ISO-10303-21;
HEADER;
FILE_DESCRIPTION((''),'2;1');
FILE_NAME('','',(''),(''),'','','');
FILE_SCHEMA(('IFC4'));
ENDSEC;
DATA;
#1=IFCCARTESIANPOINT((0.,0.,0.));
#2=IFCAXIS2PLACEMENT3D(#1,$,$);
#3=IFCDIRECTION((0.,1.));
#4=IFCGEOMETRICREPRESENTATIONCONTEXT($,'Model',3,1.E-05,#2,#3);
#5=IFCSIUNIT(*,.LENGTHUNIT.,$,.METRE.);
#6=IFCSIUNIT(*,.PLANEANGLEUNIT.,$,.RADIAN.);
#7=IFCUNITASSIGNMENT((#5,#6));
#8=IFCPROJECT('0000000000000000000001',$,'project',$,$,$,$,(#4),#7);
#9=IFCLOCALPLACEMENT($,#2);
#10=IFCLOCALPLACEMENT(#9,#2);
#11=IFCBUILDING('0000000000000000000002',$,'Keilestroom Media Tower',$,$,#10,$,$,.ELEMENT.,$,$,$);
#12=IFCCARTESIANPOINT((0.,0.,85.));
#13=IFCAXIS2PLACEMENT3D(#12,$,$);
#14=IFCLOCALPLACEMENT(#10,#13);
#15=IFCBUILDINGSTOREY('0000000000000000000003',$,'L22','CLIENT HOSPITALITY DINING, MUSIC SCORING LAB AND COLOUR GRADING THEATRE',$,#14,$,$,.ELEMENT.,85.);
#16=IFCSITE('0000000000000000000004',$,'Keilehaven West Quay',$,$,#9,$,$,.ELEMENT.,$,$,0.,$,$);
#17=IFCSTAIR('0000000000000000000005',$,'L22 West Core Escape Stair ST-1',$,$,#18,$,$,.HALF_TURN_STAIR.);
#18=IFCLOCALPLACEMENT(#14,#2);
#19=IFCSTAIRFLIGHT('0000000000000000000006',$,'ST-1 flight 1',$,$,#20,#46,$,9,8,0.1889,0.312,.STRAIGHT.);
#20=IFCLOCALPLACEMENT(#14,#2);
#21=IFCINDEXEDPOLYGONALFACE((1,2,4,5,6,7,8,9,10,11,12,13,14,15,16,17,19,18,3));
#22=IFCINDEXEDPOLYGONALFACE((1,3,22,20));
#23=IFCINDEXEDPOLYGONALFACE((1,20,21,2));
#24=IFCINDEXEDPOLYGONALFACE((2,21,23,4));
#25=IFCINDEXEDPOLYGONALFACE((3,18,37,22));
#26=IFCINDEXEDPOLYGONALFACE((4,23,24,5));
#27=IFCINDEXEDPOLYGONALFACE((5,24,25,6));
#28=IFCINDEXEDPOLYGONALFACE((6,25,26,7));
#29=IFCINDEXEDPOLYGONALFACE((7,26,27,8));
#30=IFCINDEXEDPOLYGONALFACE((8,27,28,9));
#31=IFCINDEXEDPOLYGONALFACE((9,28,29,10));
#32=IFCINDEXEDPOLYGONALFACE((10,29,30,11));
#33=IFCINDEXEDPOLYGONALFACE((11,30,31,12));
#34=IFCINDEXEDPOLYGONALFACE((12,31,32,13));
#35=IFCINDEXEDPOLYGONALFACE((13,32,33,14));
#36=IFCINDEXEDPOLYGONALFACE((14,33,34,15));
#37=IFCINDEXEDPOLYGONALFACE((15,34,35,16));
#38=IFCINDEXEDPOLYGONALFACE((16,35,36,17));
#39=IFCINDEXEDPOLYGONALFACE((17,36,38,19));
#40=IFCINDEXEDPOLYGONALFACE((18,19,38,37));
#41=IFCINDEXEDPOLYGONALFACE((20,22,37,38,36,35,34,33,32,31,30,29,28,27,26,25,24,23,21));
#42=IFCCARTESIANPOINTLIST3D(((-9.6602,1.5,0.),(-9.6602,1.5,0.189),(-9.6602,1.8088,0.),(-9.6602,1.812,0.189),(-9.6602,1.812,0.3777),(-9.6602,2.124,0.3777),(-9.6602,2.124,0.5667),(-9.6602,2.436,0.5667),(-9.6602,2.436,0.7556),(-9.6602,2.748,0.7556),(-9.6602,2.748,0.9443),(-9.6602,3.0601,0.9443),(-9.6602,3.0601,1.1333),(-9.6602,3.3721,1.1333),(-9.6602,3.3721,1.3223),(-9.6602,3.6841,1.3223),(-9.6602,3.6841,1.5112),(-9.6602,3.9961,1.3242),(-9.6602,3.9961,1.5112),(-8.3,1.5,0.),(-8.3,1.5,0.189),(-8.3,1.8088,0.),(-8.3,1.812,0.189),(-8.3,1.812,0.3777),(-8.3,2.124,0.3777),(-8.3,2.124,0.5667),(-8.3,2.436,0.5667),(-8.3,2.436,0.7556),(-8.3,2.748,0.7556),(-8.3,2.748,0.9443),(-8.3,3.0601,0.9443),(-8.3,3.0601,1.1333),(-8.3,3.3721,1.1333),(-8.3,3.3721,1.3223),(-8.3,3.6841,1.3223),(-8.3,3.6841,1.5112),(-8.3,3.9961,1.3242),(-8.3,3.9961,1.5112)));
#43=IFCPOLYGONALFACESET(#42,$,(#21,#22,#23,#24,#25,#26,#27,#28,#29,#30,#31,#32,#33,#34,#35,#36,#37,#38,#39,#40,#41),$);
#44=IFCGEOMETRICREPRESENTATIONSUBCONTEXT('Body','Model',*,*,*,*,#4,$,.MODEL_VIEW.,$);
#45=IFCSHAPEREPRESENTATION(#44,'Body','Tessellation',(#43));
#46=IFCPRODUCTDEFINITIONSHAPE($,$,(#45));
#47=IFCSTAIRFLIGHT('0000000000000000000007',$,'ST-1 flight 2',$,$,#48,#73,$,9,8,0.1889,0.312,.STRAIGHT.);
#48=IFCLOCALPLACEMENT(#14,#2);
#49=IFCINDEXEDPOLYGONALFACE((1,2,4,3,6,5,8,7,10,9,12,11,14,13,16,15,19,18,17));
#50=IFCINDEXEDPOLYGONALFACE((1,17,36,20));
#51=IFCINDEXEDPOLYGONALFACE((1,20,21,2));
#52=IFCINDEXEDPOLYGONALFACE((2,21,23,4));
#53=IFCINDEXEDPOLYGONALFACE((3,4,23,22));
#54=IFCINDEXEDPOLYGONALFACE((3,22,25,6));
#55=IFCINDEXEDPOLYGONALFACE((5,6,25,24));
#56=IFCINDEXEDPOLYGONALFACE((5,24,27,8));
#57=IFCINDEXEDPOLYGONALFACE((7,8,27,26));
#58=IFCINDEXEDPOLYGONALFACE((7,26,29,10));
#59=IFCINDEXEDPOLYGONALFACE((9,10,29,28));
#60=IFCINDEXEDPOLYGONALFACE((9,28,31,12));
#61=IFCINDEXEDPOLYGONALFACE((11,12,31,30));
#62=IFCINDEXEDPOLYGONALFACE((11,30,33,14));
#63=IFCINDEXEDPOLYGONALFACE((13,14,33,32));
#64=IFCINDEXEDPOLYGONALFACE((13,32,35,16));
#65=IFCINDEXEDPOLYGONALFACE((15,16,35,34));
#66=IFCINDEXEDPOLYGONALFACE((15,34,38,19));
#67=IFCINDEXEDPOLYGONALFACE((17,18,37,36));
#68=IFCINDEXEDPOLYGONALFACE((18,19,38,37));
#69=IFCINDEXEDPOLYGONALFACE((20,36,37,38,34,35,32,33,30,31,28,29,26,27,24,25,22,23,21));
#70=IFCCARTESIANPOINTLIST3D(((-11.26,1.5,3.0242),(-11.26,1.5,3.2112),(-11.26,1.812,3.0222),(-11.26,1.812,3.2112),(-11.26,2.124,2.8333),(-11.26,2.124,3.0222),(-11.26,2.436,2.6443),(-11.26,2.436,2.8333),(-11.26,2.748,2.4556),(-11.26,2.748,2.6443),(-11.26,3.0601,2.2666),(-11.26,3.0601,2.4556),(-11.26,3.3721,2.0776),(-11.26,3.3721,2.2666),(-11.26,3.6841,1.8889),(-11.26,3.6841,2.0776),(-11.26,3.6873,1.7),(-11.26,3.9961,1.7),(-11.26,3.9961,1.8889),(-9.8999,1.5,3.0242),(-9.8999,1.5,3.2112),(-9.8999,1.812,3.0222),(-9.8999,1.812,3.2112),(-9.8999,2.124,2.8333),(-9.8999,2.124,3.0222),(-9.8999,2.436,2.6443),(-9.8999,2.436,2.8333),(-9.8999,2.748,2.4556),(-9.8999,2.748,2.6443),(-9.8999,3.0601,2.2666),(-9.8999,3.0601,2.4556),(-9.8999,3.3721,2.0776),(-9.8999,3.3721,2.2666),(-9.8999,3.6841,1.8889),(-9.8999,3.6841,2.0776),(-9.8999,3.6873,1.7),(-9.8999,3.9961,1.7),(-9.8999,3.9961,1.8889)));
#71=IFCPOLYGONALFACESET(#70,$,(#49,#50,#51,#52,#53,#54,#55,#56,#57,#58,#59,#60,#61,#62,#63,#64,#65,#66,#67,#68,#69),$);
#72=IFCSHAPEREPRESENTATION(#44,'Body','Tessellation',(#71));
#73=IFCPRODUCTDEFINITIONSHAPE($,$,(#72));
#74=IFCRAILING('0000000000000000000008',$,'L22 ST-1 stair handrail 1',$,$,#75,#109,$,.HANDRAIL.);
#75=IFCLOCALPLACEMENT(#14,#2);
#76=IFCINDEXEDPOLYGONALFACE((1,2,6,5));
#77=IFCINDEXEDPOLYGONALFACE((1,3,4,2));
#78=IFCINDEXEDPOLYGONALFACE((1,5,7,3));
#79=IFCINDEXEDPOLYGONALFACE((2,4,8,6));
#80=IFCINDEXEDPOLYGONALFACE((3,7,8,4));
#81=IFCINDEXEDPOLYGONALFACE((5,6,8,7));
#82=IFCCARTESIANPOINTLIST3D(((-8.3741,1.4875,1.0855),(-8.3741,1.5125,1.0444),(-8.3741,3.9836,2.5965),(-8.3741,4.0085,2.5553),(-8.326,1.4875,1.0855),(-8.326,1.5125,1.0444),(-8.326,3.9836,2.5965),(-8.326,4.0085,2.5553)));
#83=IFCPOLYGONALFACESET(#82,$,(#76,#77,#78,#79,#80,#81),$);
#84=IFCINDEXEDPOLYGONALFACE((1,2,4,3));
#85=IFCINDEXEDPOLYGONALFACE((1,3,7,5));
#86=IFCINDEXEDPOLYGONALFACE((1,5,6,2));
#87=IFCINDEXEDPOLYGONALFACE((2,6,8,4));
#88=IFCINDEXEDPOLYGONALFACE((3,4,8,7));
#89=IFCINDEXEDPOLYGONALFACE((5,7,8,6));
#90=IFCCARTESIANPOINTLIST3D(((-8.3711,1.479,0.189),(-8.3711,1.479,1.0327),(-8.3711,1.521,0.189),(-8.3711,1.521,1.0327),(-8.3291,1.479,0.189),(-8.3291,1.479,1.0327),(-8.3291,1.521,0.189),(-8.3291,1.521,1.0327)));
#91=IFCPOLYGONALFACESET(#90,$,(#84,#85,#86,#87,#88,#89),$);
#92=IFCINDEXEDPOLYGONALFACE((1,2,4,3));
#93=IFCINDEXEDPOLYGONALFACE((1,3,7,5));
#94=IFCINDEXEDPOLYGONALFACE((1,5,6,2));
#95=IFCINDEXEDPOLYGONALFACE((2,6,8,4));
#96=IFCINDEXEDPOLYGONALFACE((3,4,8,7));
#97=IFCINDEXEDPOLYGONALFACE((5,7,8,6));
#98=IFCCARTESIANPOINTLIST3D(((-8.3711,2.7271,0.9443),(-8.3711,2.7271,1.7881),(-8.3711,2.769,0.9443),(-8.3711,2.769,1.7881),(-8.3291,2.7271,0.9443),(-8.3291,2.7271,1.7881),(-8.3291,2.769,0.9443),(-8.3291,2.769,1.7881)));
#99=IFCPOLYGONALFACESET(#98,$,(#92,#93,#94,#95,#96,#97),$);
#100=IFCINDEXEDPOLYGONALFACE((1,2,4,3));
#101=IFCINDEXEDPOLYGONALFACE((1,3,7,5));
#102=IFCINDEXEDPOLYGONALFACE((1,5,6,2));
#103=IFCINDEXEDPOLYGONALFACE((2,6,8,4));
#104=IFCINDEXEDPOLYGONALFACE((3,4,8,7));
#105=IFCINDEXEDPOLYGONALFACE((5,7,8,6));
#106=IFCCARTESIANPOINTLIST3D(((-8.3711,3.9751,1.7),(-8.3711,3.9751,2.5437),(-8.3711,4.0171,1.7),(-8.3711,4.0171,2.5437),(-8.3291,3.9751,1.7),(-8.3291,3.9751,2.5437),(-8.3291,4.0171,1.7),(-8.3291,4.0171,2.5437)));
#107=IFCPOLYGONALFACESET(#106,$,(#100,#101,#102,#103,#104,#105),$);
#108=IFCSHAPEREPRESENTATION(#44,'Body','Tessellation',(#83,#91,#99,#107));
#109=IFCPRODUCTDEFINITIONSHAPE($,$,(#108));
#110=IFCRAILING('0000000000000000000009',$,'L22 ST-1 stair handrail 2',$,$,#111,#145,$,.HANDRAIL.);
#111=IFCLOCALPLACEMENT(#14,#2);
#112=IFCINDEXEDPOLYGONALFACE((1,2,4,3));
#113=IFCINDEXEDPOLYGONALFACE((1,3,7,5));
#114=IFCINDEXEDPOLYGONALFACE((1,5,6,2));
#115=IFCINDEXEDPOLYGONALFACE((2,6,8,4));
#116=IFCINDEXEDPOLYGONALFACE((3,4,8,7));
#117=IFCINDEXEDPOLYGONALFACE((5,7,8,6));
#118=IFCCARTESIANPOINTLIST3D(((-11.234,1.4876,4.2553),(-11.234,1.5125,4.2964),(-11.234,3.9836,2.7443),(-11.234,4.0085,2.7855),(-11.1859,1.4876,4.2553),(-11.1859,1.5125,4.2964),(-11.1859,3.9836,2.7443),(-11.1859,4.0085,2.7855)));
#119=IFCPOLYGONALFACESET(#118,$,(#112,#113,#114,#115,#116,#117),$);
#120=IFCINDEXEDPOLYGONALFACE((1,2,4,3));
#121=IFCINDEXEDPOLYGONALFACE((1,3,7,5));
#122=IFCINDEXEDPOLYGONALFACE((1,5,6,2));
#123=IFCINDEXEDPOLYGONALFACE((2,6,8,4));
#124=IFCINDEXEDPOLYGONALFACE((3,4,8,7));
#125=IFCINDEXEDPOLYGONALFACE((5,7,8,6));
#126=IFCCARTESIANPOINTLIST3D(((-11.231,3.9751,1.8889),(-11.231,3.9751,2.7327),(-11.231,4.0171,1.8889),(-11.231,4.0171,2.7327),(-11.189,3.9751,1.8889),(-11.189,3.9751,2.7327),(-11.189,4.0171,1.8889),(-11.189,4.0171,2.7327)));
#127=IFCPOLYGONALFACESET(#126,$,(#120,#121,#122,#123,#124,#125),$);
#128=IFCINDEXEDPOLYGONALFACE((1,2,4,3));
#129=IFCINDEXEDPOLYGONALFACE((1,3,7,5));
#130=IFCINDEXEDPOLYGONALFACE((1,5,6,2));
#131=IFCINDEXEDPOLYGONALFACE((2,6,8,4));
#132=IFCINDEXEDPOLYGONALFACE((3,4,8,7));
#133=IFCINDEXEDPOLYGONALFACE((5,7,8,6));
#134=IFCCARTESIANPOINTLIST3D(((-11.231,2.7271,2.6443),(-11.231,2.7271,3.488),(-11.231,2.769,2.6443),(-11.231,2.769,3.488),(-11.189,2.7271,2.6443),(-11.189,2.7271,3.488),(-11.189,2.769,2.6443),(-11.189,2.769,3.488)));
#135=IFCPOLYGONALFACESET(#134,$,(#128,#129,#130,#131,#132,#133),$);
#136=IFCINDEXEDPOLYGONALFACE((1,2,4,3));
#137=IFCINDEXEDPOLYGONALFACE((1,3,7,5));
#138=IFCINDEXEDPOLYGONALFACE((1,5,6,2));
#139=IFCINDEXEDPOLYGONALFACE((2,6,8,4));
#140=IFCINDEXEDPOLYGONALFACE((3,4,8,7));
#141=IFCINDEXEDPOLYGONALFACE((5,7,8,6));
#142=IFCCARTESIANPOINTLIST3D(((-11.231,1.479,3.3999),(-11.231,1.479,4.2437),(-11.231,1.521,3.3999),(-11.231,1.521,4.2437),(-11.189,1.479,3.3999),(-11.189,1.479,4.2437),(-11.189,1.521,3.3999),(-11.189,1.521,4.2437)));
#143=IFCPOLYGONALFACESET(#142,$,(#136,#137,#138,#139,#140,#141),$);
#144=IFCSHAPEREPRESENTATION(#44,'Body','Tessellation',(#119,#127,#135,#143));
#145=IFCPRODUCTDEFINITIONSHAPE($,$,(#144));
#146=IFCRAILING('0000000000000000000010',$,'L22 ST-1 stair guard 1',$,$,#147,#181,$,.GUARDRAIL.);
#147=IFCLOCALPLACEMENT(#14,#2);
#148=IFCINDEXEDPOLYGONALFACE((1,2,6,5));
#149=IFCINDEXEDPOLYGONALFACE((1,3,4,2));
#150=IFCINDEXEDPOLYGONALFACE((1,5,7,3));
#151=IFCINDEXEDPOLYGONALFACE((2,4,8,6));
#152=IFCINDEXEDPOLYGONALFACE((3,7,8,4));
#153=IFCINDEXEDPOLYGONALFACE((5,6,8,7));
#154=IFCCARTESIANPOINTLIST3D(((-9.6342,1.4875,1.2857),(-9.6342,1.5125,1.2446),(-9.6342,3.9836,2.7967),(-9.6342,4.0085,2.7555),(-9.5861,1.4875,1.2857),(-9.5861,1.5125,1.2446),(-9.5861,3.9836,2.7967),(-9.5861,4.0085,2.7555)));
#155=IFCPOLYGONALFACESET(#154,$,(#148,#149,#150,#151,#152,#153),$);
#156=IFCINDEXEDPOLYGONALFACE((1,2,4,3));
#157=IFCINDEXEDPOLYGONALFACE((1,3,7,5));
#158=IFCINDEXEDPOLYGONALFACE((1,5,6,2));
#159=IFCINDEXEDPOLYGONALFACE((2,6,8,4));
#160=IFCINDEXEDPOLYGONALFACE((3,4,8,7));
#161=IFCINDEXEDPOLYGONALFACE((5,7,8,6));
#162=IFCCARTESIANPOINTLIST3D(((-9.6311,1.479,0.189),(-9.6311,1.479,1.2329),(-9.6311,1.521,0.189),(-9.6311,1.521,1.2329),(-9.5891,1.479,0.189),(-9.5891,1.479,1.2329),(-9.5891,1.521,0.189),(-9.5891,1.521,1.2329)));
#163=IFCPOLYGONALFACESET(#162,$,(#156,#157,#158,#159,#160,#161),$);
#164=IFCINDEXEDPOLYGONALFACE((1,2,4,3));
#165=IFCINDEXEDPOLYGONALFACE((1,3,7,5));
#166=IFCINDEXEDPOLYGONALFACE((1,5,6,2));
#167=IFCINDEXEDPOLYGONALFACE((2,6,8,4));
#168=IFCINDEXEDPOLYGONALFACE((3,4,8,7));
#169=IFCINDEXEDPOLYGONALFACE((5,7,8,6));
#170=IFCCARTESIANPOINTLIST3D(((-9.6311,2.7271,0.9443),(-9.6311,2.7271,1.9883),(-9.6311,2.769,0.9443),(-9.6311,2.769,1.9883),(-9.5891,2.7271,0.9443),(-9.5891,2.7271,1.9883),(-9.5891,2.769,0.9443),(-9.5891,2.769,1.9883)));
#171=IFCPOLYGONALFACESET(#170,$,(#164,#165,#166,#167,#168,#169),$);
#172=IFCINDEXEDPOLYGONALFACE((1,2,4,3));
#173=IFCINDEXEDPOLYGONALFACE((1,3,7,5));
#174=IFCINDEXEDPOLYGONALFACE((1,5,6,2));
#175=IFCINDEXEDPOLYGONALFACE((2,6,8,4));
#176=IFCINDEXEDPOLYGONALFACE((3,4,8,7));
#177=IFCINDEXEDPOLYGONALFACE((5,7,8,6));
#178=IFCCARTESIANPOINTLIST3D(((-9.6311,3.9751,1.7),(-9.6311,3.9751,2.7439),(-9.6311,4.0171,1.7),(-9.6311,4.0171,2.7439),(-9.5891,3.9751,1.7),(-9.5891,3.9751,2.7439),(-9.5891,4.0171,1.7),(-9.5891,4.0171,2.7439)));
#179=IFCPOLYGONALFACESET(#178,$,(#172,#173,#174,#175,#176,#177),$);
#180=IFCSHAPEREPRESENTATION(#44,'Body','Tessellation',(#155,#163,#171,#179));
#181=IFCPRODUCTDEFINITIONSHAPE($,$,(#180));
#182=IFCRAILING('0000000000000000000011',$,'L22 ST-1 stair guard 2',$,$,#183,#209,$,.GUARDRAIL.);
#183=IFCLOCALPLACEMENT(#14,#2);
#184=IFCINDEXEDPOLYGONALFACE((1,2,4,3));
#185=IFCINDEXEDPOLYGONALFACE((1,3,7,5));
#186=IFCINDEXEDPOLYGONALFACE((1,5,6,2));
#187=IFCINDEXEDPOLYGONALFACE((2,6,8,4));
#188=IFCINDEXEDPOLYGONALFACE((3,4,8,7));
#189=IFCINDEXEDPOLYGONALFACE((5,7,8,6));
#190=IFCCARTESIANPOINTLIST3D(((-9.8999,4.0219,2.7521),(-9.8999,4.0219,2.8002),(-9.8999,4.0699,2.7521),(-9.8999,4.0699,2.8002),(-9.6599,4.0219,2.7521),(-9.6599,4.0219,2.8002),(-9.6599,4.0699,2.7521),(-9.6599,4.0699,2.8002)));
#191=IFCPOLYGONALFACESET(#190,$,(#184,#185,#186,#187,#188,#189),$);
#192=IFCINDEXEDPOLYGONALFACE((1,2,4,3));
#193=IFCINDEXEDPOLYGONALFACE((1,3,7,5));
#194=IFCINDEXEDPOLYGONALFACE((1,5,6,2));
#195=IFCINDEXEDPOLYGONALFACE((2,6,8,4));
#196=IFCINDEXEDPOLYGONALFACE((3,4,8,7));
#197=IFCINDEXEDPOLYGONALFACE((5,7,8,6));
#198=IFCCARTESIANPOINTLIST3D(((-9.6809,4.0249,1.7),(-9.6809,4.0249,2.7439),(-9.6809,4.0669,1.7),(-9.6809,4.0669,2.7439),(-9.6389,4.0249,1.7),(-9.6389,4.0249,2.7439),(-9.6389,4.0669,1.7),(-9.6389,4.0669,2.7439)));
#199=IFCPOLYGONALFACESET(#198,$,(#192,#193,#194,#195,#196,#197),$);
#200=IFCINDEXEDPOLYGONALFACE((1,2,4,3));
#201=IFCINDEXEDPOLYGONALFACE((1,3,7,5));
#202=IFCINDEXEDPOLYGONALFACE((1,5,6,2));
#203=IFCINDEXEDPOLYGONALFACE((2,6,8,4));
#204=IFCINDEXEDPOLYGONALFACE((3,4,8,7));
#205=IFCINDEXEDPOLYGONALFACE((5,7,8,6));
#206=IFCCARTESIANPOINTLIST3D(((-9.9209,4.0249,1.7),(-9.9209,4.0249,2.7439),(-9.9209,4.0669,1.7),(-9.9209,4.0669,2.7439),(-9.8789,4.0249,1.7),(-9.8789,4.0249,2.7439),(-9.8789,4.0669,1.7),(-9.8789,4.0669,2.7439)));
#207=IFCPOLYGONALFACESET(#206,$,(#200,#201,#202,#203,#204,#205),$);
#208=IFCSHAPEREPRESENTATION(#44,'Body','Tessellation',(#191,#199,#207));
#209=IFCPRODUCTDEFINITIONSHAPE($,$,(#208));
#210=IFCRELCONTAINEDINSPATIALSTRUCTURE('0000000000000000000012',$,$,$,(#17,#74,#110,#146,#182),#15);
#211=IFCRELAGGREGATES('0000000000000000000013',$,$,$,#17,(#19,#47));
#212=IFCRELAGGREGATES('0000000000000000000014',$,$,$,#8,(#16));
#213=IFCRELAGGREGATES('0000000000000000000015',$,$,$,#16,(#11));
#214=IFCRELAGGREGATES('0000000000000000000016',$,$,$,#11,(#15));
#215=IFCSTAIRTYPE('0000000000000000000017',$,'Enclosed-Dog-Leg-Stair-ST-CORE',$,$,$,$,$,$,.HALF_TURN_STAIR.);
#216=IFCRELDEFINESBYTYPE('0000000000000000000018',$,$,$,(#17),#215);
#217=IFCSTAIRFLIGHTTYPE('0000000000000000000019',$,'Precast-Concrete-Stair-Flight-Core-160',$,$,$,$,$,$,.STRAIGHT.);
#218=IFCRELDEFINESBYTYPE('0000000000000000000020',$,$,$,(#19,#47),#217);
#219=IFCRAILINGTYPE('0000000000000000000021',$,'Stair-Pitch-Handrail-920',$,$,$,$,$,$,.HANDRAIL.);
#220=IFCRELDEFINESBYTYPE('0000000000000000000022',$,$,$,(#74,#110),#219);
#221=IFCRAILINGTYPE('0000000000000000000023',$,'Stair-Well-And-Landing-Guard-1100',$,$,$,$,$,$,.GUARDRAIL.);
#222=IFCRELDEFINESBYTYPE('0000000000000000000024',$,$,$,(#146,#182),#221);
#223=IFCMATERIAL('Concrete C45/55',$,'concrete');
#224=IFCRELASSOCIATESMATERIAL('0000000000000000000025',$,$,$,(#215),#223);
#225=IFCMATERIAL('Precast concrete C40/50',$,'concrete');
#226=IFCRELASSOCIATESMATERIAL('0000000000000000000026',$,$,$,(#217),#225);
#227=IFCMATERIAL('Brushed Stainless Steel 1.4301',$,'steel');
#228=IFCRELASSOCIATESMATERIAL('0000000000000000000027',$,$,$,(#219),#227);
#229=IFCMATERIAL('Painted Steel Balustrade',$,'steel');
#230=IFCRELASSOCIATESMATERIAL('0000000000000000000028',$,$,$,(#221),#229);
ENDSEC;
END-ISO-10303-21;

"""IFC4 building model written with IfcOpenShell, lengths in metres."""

from ifc_helpers import new_model, si_unit, direction, frame, origin, origin_2d, place, context, subcontext, project, spatial, polyline, rectangle, outline, extrude, material, type_object, element, aggregate, save


model = new_model("IFC4")

# Units and contexts
model_context = context("Model", 3, precision=1e-05, world=origin(), true_north=direction((0.0, 1.0)))
body_context = subcontext(model_context, "Body", "Model", "MODEL_VIEW")
ifc_project = project(units=[si_unit("LENGTHUNIT", "METRE"), si_unit("PLANEANGLEUNIT", "RADIAN")], contexts=[model_context])

# Site, building, storey
site_placement = place(None, origin())
site = spatial("IfcSite", under=ifc_project, at=site_placement, Name="Keilehaven West Quay", CompositionType="ELEMENT", RefElevation=0.0)
building_placement = place(site_placement, origin())
building = spatial("IfcBuilding", under=site, at=building_placement, Name="Keilestroom Media Tower", CompositionType="ELEMENT")
storey_placement = place(building_placement, frame((0.0, 0.0, 85.0)))
storey = spatial("IfcBuildingStorey", under=building, at=storey_placement, Name="L22", Description="CLIENT HOSPITALITY DINING, MUSIC SCORING LAB AND COLOUR GRADING THEATRE", CompositionType="ELEMENT", Elevation=85.0)

# Shared definitions
ifc_material_1 = material(Name="Precast concrete C40/50", Category="concrete")

# Stair, stair flights
ifc_material_2 = material(Name="Concrete C45/55", Category="concrete")
stair_type = type_object("IfcStairType", Name="Enclosed-Dog-Leg-Stair-ST-CORE", PredefinedType="HALF_TURN_STAIR", material=ifc_material_2)
stair_placement = place(storey_placement, origin())
stair = element("IfcStair", 1, at=stair_placement, inside=storey, type_object=stair_type, Name="L22 West Core Escape Stair ST-1", PredefinedType="HALF_TURN_STAIR")
stair_flight_type = type_object("IfcStairFlightType", Name="Precast-Concrete-Stair-Flight-Core-160", PredefinedType="STRAIGHT", material=ifc_material_1)
stair_flight_1_placement = place(storey_placement, frame((-8.98, 1.5, 0.0), z_axis=(0.0, 0.0, 1.0), x_axis=(0.0, 1.0, 0.0)))
stair_flight_1 = element("IfcStairFlight", 2, at=stair_flight_1_placement, type_object=stair_flight_type, Name="ST-1 flight 1", NumberOfRisers=9, NumberOfTreads=8, PredefinedType="STRAIGHT", RiserHeight=0.1889, TreadLength=0.312, context=body_context, shape_type="SweptSolid", body=[
    extrude(outline(polyline([(0.0, 0.0), (0.0, 0.189), (0.312, 0.189), (0.312, 0.3777), (0.624, 0.3777), (0.624, 0.5667), (0.936, 0.5667), (0.936, 0.7556), (1.248, 0.7556), (1.248, 0.9443), (1.5601, 0.9443), (1.5601, 1.1333), (1.8721, 1.1333), (1.8721, 1.3223), (2.1841, 1.3223), (2.1841, 1.5112), (2.4961, 1.5112), (2.4961, 1.7), (2.4961, 1.3242), (0.3088, 0.0), (0.0, 0.0)])), frame((0.0, 0.6802, 0.0), z_axis=(0.0, -1.0, 0.0), x_axis=(1.0, 0.0, 0.0)), (0.0, 0.0, 1.0), 1.3601),
])
stair_flight_2_placement = place(storey_placement, frame((-10.5801, 3.9961, 1.7), z_axis=(0.0, 0.0, 1.0), x_axis=(0.0, -1.0, 0.0)))
stair_flight_2 = element("IfcStairFlight", 3, at=stair_flight_2_placement, type_object=stair_flight_type, Name="ST-1 flight 2", NumberOfRisers=9, NumberOfTreads=8, PredefinedType="STRAIGHT", RiserHeight=0.1889, TreadLength=0.312, context=body_context, shape_type="SweptSolid", body=[
    extrude(outline(polyline([(0.0, 0.0), (0.0, 0.189), (0.312, 0.189), (0.312, 0.3777), (0.624, 0.3777), (0.624, 0.5667), (0.936, 0.5667), (0.936, 0.7556), (1.248, 0.7556), (1.248, 0.9443), (1.5601, 0.9443), (1.5601, 1.1333), (1.8721, 1.1333), (1.8721, 1.3223), (2.1841, 1.3223), (2.1841, 1.5112), (2.4961, 1.5112), (2.4961, 1.7), (2.4961, 1.3242), (0.3088, 0.0), (0.0, 0.0)])), frame((0.0, 0.6802, 0.0), z_axis=(0.0, -1.0, 0.0), x_axis=(1.0, 0.0, 0.0)), (0.0, 0.0, 1.0), 1.3601),
])
aggregate(stair, [stair_flight_1, stair_flight_2])

# Railings
ifc_material_3 = material(Name="Brushed Stainless Steel 1.4301", Category="steel")
railing_type_1 = type_object("IfcRailingType", Name="Stair-Pitch-Handrail-920", PredefinedType="HANDRAIL", material=ifc_material_3)
railing_1_placement = place(storey_placement, frame((-8.3501, 1.5, 0.189)))
element("IfcRailing", 4, at=railing_1_placement, inside=storey, type_object=railing_type_1, Name="L22 ST-1 stair handrail 1", PredefinedType="HANDRAIL", context=body_context, shape_type="SweptSolid", body=[
    extrude(rectangle(XDim=0.0481, YDim=0.0481, at=origin_2d()), frame((0.0, 0.0, 0.876), z_axis=(0.0, 0.855471, 0.517851), x_axis=(-1.0, 0.0, 0.0)), (0.0, 0.0, 1.0), 2.9177),
    extrude(rectangle(XDim=0.042, YDim=0.042, at=origin_2d()), origin(), (0.0, 0.0, 1.0), 0.8438),
    extrude(rectangle(XDim=0.042, YDim=0.042, at=origin_2d()), frame((0.0, 1.248, 0.7554)), (0.0, 0.0, 1.0), 0.8438),
    extrude(rectangle(XDim=0.042, YDim=0.042, at=origin_2d()), frame((0.0, 2.4961, 1.511)), (0.0, 0.0, 1.0), 0.8438),
])
railing_2_placement = place(storey_placement, frame((-11.21, 3.9961, 1.8889)))
element("IfcRailing", 5, at=railing_2_placement, inside=storey, type_object=railing_type_1, Name="L22 ST-1 stair handrail 2", PredefinedType="HANDRAIL", context=body_context, shape_type="SweptSolid", body=[
    extrude(rectangle(XDim=0.0481, YDim=0.0481, at=origin_2d()), frame((0.0, 0.0, 0.876), z_axis=(0.0, -0.855471, 0.517851), x_axis=(1.0, 0.0, 0.0)), (0.0, 0.0, 1.0), 2.9177),
    extrude(rectangle(XDim=0.042, YDim=0.042, at=origin_2d()), origin(), (0.0, 0.0, 1.0), 0.8438),
    extrude(rectangle(XDim=0.042, YDim=0.042, at=origin_2d()), frame((0.0, -1.248, 0.7554)), (0.0, 0.0, 1.0), 0.8438),
    extrude(rectangle(XDim=0.042, YDim=0.042, at=origin_2d()), frame((0.0, -2.4961, 1.511)), (0.0, 0.0, 1.0), 0.8438),
])
ifc_material_4 = material(Name="Painted Steel Balustrade", Category="steel")
railing_type_2 = type_object("IfcRailingType", Name="Stair-Well-And-Landing-Guard-1100", PredefinedType="GUARDRAIL", material=ifc_material_4)
railing_3_placement = place(storey_placement, frame((-9.6101, 1.5, 0.189)))
element("IfcRailing", 6, at=railing_3_placement, inside=storey, type_object=railing_type_2, Name="L22 ST-1 stair guard 1", PredefinedType="GUARDRAIL", context=body_context, shape_type="SweptSolid", body=[
    extrude(rectangle(XDim=0.0481, YDim=0.0481, at=origin_2d()), frame((0.0, 0.0, 1.0762), z_axis=(0.0, 0.855471, 0.517851), x_axis=(-1.0, 0.0, 0.0)), (0.0, 0.0, 1.0), 2.9177),
    extrude(rectangle(XDim=0.042, YDim=0.042, at=origin_2d()), origin(), (0.0, 0.0, 1.0), 1.0439),
    extrude(rectangle(XDim=0.042, YDim=0.042, at=origin_2d()), frame((0.0, 1.248, 0.7554)), (0.0, 0.0, 1.0), 1.0439),
    extrude(rectangle(XDim=0.042, YDim=0.042, at=origin_2d()), frame((0.0, 2.4961, 1.511)), (0.0, 0.0, 1.0), 1.0439),
])
railing_4_placement = place(storey_placement, frame((-9.6599, 4.0459, 1.7)))
element("IfcRailing", 7, at=railing_4_placement, inside=storey, type_object=railing_type_2, Name="L22 ST-1 stair guard 2", PredefinedType="GUARDRAIL", context=body_context, shape_type="SweptSolid", body=[
    extrude(rectangle(XDim=0.0481, YDim=0.0481, at=origin_2d()), frame((0.0, 0.0, 1.0762), z_axis=(-1.0, 0.0, 0.0), x_axis=(0.0, -1.0, 0.0)), (0.0, 0.0, 1.0), 0.24),
    extrude(rectangle(XDim=0.042, YDim=0.042, at=origin_2d()), origin(), (0.0, 0.0, 1.0), 1.0439),
    extrude(rectangle(XDim=0.042, YDim=0.042, at=origin_2d()), frame((-0.24, 0.0, 0.0)), (0.0, 0.0, 1.0), 1.0439),
])

save(model, "model.ifc")
